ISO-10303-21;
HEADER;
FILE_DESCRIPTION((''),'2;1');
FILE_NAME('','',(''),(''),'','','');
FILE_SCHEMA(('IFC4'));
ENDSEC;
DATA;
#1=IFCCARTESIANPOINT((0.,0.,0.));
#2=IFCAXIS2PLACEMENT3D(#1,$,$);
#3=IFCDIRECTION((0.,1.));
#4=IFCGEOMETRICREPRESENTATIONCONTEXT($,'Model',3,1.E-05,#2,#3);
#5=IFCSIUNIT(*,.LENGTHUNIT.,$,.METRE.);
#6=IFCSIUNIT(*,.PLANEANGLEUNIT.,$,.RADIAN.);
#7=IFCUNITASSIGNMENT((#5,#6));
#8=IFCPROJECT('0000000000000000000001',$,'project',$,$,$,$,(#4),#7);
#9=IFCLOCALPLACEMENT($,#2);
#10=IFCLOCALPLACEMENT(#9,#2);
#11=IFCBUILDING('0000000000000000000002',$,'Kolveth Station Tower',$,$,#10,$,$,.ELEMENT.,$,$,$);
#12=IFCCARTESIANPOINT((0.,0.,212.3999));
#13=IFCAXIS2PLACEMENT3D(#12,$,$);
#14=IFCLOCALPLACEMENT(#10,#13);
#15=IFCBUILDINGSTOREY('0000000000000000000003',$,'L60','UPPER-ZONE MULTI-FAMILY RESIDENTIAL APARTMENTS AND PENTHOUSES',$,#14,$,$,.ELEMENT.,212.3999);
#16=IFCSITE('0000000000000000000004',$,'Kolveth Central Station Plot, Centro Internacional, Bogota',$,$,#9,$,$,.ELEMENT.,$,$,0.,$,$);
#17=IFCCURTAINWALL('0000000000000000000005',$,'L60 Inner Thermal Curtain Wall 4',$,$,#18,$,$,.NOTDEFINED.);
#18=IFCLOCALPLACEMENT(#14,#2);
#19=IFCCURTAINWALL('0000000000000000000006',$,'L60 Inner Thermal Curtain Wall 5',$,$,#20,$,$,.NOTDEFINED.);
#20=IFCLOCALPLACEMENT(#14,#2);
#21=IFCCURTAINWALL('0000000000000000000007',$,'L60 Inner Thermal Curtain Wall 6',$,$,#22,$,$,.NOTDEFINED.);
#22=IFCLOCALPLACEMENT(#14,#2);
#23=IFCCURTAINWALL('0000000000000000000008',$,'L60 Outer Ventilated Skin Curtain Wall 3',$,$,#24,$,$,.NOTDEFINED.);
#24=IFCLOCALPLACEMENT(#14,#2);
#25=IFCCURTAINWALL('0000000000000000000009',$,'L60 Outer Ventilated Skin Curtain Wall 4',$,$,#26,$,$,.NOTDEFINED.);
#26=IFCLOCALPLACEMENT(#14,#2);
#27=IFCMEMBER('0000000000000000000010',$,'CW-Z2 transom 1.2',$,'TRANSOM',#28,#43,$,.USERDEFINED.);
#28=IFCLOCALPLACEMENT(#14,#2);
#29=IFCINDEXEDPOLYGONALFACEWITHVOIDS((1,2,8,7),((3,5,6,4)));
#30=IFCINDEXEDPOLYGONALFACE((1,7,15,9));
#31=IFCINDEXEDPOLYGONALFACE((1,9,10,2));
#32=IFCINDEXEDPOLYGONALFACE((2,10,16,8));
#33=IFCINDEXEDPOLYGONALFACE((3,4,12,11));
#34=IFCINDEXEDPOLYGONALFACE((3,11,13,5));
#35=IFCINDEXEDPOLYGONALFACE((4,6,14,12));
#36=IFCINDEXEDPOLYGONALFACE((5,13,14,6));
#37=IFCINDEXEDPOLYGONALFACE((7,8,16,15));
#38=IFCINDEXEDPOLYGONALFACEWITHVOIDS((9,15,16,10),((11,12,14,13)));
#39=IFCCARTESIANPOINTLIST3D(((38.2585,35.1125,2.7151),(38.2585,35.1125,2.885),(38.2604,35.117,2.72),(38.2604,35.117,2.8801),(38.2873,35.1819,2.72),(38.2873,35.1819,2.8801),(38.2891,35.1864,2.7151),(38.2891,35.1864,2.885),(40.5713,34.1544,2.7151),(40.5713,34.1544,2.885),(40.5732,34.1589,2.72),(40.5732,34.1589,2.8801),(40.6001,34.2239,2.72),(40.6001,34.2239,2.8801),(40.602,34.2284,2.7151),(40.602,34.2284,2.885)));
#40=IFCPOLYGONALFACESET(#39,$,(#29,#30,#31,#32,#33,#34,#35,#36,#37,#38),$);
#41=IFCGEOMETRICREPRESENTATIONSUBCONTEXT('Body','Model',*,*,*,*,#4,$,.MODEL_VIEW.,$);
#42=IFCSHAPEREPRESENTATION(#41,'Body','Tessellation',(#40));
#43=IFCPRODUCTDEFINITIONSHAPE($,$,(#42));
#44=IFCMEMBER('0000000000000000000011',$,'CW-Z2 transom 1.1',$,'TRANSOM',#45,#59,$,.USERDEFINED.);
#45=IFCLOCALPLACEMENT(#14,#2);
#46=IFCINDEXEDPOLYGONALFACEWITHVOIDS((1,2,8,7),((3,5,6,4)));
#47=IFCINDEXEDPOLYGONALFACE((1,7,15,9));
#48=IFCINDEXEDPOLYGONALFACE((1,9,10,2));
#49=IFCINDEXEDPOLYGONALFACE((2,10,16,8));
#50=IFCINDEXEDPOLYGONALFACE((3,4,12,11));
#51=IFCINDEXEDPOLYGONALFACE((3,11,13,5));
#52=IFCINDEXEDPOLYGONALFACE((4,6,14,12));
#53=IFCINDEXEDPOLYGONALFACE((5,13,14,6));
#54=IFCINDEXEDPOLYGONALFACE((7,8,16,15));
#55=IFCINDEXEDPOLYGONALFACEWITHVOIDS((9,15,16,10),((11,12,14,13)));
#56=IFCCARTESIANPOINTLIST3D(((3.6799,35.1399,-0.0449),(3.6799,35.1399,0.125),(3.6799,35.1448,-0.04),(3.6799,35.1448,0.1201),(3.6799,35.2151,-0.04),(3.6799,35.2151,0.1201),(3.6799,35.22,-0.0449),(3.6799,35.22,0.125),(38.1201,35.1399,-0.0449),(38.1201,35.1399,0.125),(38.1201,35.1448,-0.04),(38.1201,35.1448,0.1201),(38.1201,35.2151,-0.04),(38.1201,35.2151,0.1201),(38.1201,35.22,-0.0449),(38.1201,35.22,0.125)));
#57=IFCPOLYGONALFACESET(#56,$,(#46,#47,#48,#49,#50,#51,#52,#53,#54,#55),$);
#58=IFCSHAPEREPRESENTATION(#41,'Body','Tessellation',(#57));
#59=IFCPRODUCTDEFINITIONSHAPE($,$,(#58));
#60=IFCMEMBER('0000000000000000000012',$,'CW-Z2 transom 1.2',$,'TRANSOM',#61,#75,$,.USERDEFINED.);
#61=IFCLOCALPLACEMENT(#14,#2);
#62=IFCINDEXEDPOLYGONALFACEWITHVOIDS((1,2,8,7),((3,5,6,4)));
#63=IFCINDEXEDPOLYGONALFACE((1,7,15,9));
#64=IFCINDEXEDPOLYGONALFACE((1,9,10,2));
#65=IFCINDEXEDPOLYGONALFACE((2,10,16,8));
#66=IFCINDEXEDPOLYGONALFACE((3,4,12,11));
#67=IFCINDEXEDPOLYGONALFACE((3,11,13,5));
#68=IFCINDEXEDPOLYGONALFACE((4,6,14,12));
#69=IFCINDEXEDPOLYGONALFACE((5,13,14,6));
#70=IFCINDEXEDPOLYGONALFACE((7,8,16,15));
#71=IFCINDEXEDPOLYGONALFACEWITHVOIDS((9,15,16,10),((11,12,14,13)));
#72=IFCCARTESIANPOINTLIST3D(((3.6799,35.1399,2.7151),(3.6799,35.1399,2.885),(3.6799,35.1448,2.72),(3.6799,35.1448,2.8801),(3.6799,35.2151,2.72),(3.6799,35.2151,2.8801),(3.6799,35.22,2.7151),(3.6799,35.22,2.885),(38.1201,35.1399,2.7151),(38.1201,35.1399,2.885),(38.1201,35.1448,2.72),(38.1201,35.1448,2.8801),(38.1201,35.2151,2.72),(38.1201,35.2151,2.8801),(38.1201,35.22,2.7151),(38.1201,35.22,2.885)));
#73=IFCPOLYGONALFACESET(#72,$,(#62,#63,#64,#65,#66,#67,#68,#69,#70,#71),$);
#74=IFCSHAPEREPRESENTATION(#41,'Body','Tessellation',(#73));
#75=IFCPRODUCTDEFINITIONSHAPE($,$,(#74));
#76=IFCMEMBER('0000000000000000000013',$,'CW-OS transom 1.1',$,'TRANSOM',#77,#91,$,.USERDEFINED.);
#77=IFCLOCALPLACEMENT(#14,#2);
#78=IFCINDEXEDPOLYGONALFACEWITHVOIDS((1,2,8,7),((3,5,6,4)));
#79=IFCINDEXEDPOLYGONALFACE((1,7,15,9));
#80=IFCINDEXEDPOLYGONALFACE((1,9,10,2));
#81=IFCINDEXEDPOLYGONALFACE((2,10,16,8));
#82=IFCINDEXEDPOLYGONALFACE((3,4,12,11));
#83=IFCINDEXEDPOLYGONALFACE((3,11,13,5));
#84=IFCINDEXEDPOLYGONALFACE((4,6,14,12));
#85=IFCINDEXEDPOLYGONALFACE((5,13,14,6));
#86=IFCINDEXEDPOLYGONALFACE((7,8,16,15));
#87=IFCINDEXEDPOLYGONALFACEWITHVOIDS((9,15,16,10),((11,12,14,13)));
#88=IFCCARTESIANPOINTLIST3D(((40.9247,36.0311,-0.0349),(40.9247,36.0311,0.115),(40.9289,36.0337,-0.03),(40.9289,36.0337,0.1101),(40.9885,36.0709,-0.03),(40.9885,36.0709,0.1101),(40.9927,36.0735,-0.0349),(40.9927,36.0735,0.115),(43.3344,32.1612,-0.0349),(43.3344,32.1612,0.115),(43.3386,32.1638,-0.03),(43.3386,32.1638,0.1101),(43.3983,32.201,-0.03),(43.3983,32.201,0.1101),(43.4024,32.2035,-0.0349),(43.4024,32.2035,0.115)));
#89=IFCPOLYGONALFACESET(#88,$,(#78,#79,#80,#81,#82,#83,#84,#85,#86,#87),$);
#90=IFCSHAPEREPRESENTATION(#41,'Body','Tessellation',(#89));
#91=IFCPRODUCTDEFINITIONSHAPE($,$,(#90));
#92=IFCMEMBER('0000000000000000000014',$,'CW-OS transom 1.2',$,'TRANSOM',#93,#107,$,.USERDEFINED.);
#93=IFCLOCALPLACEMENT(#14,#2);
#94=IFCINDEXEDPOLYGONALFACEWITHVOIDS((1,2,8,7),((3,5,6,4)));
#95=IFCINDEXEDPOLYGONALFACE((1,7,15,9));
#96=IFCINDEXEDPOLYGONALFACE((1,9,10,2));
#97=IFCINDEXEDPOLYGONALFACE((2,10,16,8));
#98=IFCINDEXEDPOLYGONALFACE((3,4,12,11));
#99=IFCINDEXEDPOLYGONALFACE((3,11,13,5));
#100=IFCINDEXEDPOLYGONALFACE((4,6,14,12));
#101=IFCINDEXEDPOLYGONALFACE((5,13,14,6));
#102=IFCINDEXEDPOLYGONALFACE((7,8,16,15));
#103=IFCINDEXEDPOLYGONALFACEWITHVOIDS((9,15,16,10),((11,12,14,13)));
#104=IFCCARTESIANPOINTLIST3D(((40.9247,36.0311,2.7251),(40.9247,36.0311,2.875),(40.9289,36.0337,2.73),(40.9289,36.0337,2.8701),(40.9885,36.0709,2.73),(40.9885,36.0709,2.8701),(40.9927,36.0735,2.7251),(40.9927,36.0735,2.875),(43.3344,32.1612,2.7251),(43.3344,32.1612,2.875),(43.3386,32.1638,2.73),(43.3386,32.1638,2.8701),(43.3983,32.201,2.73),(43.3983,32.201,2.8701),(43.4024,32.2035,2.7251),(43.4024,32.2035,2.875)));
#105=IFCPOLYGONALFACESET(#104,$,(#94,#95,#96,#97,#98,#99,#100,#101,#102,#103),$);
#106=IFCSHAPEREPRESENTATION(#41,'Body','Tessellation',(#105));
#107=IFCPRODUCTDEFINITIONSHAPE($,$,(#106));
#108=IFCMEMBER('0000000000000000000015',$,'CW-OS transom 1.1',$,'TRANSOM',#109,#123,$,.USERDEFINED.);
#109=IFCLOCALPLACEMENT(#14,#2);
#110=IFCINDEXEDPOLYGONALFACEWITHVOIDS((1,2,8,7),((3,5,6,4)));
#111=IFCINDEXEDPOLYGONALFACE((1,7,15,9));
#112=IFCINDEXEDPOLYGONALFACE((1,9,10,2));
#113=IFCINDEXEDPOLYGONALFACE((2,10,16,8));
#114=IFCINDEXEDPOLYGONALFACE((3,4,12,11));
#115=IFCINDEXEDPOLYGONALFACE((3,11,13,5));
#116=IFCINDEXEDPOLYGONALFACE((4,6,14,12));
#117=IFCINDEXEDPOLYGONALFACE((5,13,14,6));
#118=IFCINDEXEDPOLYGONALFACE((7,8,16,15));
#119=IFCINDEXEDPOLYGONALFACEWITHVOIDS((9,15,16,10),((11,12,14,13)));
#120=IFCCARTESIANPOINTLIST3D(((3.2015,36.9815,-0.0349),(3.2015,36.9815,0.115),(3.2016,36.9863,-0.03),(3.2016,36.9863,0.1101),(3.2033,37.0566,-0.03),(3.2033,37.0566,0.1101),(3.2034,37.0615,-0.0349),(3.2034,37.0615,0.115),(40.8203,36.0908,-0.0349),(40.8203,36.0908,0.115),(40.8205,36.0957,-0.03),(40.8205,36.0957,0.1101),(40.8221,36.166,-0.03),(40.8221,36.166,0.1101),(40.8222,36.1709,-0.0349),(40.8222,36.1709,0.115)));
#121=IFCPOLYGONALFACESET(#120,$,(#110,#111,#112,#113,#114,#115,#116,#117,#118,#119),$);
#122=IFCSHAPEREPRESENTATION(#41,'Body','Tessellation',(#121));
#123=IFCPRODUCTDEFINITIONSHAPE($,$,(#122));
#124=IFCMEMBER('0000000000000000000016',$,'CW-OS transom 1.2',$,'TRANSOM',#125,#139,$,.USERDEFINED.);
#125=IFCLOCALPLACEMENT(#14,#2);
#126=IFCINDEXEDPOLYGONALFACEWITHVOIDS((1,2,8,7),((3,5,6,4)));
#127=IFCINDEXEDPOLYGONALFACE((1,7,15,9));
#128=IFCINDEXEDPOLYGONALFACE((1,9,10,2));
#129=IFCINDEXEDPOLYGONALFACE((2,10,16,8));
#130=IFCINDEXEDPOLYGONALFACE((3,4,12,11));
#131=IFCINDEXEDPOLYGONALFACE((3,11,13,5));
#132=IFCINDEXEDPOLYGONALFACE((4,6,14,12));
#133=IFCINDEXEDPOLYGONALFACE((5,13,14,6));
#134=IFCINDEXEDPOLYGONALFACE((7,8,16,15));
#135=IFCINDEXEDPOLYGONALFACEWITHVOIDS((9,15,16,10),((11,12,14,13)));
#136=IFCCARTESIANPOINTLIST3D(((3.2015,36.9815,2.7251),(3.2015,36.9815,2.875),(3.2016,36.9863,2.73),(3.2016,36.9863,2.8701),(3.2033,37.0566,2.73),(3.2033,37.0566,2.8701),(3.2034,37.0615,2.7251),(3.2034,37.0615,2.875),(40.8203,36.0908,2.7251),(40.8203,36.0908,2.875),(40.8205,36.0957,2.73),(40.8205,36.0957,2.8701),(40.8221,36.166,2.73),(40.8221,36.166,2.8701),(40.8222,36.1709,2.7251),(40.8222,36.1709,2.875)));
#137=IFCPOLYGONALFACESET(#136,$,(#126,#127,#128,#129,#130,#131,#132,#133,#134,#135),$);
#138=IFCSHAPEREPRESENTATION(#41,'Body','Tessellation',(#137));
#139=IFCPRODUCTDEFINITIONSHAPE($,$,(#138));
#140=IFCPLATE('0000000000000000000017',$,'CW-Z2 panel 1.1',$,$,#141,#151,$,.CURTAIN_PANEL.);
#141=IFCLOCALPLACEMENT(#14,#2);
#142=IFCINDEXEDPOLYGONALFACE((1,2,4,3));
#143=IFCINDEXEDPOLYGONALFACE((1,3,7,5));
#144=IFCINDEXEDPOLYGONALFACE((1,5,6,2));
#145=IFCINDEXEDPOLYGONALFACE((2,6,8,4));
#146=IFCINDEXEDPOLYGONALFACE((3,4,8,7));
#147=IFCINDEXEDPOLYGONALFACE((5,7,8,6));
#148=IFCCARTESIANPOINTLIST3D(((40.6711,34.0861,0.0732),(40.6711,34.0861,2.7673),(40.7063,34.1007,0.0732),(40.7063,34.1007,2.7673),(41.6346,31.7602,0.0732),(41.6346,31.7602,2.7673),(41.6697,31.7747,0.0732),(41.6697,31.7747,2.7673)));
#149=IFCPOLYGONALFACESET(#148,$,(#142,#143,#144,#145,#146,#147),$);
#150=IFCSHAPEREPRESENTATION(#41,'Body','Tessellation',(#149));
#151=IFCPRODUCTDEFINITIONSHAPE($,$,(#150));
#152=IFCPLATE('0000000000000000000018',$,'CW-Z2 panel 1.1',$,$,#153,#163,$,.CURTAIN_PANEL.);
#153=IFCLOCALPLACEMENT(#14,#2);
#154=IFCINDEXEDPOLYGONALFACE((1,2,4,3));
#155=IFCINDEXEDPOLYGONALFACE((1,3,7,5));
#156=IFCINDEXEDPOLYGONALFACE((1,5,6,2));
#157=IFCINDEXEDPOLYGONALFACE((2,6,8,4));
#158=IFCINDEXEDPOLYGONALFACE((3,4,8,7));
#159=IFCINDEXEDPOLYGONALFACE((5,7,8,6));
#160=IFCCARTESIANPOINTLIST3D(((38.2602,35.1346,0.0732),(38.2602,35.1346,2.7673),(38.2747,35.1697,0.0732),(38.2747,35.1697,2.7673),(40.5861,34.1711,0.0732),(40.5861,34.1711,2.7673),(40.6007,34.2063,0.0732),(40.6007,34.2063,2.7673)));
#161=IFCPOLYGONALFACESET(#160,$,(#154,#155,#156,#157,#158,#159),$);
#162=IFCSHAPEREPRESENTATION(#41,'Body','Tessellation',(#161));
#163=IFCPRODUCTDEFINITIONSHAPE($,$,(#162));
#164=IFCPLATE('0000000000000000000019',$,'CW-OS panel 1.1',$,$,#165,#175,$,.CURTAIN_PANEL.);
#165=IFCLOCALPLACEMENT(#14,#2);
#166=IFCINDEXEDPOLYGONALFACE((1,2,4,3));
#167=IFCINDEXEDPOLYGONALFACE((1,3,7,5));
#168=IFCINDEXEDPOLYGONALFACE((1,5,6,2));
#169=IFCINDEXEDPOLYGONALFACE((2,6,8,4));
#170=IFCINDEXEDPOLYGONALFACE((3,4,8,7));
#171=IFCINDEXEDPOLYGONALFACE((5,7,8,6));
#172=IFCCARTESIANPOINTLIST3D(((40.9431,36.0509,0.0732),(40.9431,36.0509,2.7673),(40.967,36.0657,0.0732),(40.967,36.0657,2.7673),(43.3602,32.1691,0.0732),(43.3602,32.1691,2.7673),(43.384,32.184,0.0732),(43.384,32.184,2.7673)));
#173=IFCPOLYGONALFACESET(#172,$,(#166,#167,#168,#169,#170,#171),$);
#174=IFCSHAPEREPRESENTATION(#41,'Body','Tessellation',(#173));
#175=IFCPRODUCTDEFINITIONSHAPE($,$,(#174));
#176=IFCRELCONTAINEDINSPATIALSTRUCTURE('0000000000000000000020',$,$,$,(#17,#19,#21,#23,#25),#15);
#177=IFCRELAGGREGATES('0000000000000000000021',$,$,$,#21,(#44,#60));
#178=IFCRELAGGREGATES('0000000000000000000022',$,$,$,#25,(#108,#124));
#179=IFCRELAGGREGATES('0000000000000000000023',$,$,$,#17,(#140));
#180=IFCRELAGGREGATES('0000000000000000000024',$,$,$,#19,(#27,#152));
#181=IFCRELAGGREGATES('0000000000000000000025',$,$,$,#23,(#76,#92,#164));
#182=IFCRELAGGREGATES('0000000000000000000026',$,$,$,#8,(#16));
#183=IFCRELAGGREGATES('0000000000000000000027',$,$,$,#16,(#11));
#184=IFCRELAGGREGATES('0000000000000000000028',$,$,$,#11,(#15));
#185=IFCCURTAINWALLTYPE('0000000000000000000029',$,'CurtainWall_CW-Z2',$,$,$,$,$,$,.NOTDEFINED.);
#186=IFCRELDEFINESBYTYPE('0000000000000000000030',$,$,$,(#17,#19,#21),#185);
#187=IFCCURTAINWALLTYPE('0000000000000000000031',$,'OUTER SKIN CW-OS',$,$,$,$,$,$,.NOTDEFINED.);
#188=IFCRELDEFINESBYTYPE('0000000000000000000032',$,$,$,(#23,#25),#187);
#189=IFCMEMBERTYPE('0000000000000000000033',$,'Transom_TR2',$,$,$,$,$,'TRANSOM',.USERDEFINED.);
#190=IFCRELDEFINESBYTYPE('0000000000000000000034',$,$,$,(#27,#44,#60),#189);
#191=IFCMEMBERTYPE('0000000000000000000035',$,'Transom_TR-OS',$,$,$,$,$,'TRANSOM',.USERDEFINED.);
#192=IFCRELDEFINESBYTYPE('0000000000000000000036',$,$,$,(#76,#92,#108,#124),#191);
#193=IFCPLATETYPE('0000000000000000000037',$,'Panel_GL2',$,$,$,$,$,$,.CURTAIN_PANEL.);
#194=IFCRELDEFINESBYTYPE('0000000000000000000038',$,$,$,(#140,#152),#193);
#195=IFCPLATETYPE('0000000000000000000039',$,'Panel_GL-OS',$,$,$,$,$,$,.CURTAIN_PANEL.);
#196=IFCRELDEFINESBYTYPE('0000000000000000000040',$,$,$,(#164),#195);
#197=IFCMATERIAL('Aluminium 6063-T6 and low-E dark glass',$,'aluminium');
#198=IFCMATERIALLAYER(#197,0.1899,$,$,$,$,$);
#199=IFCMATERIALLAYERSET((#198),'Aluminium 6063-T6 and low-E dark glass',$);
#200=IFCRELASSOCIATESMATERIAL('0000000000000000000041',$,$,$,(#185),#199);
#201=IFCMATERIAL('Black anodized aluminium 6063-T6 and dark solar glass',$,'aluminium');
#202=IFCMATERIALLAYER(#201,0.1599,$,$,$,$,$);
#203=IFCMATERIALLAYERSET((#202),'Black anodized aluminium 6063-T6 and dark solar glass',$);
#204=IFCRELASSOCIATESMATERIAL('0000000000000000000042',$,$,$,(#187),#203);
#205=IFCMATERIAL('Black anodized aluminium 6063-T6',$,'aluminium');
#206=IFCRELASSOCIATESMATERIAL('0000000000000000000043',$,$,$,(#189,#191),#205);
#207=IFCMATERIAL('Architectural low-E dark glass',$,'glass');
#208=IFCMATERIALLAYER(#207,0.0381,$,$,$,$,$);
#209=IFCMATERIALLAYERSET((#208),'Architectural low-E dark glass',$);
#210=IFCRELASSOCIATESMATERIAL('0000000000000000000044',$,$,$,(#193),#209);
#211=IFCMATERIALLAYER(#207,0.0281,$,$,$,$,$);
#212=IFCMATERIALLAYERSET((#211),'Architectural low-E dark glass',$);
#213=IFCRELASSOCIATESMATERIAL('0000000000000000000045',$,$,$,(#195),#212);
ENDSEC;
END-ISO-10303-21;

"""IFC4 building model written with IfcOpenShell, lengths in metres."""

from ifc_helpers import new_model, si_unit, direction, frame, origin, origin_2d, place, context, subcontext, project, spatial, rectangle, hollow_rectangle, extrude, source, transform, mapped, material, layer, layer_set, material_profile, profile_set, type_object, element, aggregate, save


model = new_model("IFC4")

# Units and contexts
model_context = context("Model", 3, precision=1e-05, world=origin(), true_north=direction((0.0, 1.0)))
body_context = subcontext(model_context, "Body", "Model", "MODEL_VIEW")
ifc_project = project(units=[si_unit("LENGTHUNIT", "METRE"), si_unit("PLANEANGLEUNIT", "RADIAN")], contexts=[model_context])

# Site, building, storey
site_placement = place(None, origin())
site = spatial("IfcSite", under=ifc_project, at=site_placement, Name="Kolveth Central Station Plot, Centro Internacional, Bogota", CompositionType="ELEMENT", RefElevation=0.0)
building_placement = place(site_placement, origin())
building = spatial("IfcBuilding", under=site, at=building_placement, Name="Kolveth Station Tower", CompositionType="ELEMENT")
storey_placement = place(building_placement, frame((0.0, 0.0, 212.3999)))
storey = spatial("IfcBuildingStorey", under=building, at=storey_placement, Name="L60", Description="UPPER-ZONE MULTI-FAMILY RESIDENTIAL APARTMENTS AND PENTHOUSES", CompositionType="ELEMENT", Elevation=212.3999)

# Curtain wall
ifc_material_1 = material(Name="Aluminium 6063-T6 and low-E dark glass", Category="aluminium")
ifc_layer_1 = layer(ifc_material_1, 0.1899)
ifc_layer_set_1 = layer_set([ifc_layer_1], Name="Aluminium 6063-T6 and low-E dark glass")
curtain_wall_type_1 = type_object("IfcCurtainWallType", Name="CurtainWall_CW-Z2", PredefinedType="NOTDEFINED", material=ifc_layer_set_1)
curtain_wall_1_placement = place(storey_placement, origin())
curtain_wall_1 = element("IfcCurtainWall", 1, at=curtain_wall_1_placement, inside=storey, type_object=curtain_wall_type_1, Name="L60 Inner Thermal Curtain Wall 4", PredefinedType="NOTDEFINED")
ifc_material_2 = material(Name="Black anodized aluminium 6063-T6", Category="aluminium")

# Curtain wall
curtain_wall_2_placement = place(storey_placement, origin())
curtain_wall_2 = element("IfcCurtainWall", 2, at=curtain_wall_2_placement, inside=storey, type_object=curtain_wall_type_1, Name="L60 Inner Thermal Curtain Wall 5", PredefinedType="NOTDEFINED")

# Curtain wall
curtain_wall_3_placement = place(storey_placement, origin())
curtain_wall_3 = element("IfcCurtainWall", 3, at=curtain_wall_3_placement, inside=storey, type_object=curtain_wall_type_1, Name="L60 Inner Thermal Curtain Wall 6", PredefinedType="NOTDEFINED")
ifc_material_3 = material(Name="Black anodized aluminium 6063-T6 and dark solar glass", Category="aluminium")
ifc_layer_2 = layer(ifc_material_3, 0.1599)
ifc_layer_set_2 = layer_set([ifc_layer_2], Name="Black anodized aluminium 6063-T6 and dark solar glass")
curtain_wall_type_2 = type_object("IfcCurtainWallType", Name="OUTER SKIN CW-OS", PredefinedType="NOTDEFINED", material=ifc_layer_set_2)

# Curtain wall
curtain_wall_4_placement = place(storey_placement, origin())
curtain_wall_4 = element("IfcCurtainWall", 4, at=curtain_wall_4_placement, inside=storey, type_object=curtain_wall_type_2, Name="L60 Outer Ventilated Skin Curtain Wall 3", PredefinedType="NOTDEFINED")

# Curtain wall
curtain_wall_5_placement = place(storey_placement, origin())
curtain_wall_5 = element("IfcCurtainWall", 5, at=curtain_wall_5_placement, inside=storey, type_object=curtain_wall_type_2, Name="L60 Outer Ventilated Skin Curtain Wall 4", PredefinedType="NOTDEFINED")

# Members
ifc_material_profile_1 = material_profile(ifc_material_2, hollow_rectangle(XDim=0.0801, YDim=0.1699, WallThickness=0.0049, at=origin_2d()), Name="ALU-80x170x5")
ifc_profile_set_1 = profile_set([ifc_material_profile_1], Name="Black anodized aluminium 6063-T6")
member_type_1 = type_object("IfcMemberType", Name="Transom_TR2", ElementType="TRANSOM", PredefinedType="USERDEFINED", material=ifc_profile_set_1)
shared_shape_1 = source(origin(), body_context, "Body", "SweptSolid", [
    extrude(hollow_rectangle(XDim=0.0801, YDim=0.1699, WallThickness=0.0049, at=origin_2d()), origin(), (0.0, 0.0, 1.0), 2.5034),
])
member_1_placement = place(storey_placement, frame((40.5867, 34.1914, 2.8), z_axis=(-0.923874, 0.382696, 0.0), x_axis=(-0.382696, -0.923874, 0.0)))
member_1 = element("IfcMember", 6, at=member_1_placement, type_object=member_type_1, Name="CW-Z2 transom 1.2", ObjectType="TRANSOM", PredefinedType="USERDEFINED", context=body_context, shape_type="MappedRepresentation", body=[
    mapped(shared_shape_1, transform((0.0, 0.0, 0.0), x_axis=(1.0, 0.0, 0.0), y_axis=(0.0, 1.0, 0.0), z_axis=(0.0, 0.0, 1.0), scale=1.0)),
])
shared_shape_2 = source(origin(), body_context, "Body", "SweptSolid", [
    extrude(hollow_rectangle(XDim=0.0801, YDim=0.1699, WallThickness=0.0049, at=origin_2d()), origin(), (0.0, 0.0, 1.0), 34.4402),
])
member_2_placement = place(storey_placement, frame((38.1201, 35.1799, 0.04), z_axis=(-1.0, 0.0, 0.0), x_axis=(0.0, -1.0, 0.0)))
member_2 = element("IfcMember", 7, at=member_2_placement, type_object=member_type_1, Name="CW-Z2 transom 1.1", ObjectType="TRANSOM", PredefinedType="USERDEFINED", context=body_context, shape_type="MappedRepresentation", body=[
    mapped(shared_shape_2, transform((0.0, 0.0, 0.0), x_axis=(1.0, 0.0, 0.0), y_axis=(0.0, 1.0, 0.0), z_axis=(0.0, 0.0, 1.0), scale=1.0)),
])
member_3_placement = place(storey_placement, frame((38.1201, 35.1799, 2.8), z_axis=(-1.0, 0.0, 0.0), x_axis=(0.0, -1.0, 0.0)))
member_3 = element("IfcMember", 8, at=member_3_placement, type_object=member_type_1, Name="CW-Z2 transom 1.2", ObjectType="TRANSOM", PredefinedType="USERDEFINED", context=body_context, shape_type="MappedRepresentation", body=[
    mapped(shared_shape_2, transform((0.0, 0.0, 0.0), x_axis=(1.0, 0.0, 0.0), y_axis=(0.0, 1.0, 0.0), z_axis=(0.0, 0.0, 1.0), scale=1.0)),
])
aggregate(curtain_wall_3, [member_2, member_3])
ifc_material_profile_2 = material_profile(ifc_material_2, hollow_rectangle(XDim=0.0801, YDim=0.1499, WallThickness=0.0049, at=origin_2d()), Name="ALU-80x150x5")
ifc_profile_set_2 = profile_set([ifc_material_profile_2], Name="Black anodized aluminium 6063-T6")
member_type_2 = type_object("IfcMemberType", Name="Transom_TR-OS", ElementType="TRANSOM", PredefinedType="USERDEFINED", material=ifc_profile_set_2)
shared_shape_3 = source(origin(), body_context, "Body", "SweptSolid", [
    extrude(hollow_rectangle(XDim=0.0801, YDim=0.1499, WallThickness=0.0049, at=origin_2d()), origin(), (0.0, 0.0, 1.0), 4.5588),
])
member_4_placement = place(storey_placement, frame((43.3684, 32.1824, 0.04), z_axis=(-0.528578, 0.848885, 0.0), x_axis=(-0.848885, -0.528578, 0.0)))
member_4 = element("IfcMember", 9, at=member_4_placement, type_object=member_type_2, Name="CW-OS transom 1.1", ObjectType="TRANSOM", PredefinedType="USERDEFINED", context=body_context, shape_type="MappedRepresentation", body=[
    mapped(shared_shape_3, transform((0.0, 0.0, 0.0), x_axis=(1.0, 0.0, 0.0), y_axis=(0.0, 1.0, 0.0), z_axis=(0.0, 0.0, 1.0), scale=1.0)),
])
member_5_placement = place(storey_placement, frame((43.3684, 32.1824, 2.8), z_axis=(-0.528578, 0.848885, 0.0), x_axis=(-0.848885, -0.528578, 0.0)))
member_5 = element("IfcMember", 10, at=member_5_placement, type_object=member_type_2, Name="CW-OS transom 1.2", ObjectType="TRANSOM", PredefinedType="USERDEFINED", context=body_context, shape_type="MappedRepresentation", body=[
    mapped(shared_shape_3, transform((0.0, 0.0, 0.0), x_axis=(1.0, 0.0, 0.0), y_axis=(0.0, 1.0, 0.0), z_axis=(0.0, 0.0, 1.0), scale=1.0)),
])
shared_shape_4 = source(origin(), body_context, "Body", "SweptSolid", [
    extrude(hollow_rectangle(XDim=0.0801, YDim=0.1499, WallThickness=0.0049, at=origin_2d()), origin(), (0.0, 0.0, 1.0), 37.6294),
])
member_6_placement = place(storey_placement, frame((40.8213, 36.1309, 0.04), z_axis=(-0.99972, 0.023668, 0.0), x_axis=(-0.023668, -0.99972, 0.0)))
member_6 = element("IfcMember", 11, at=member_6_placement, type_object=member_type_2, Name="CW-OS transom 1.1", ObjectType="TRANSOM", PredefinedType="USERDEFINED", context=body_context, shape_type="MappedRepresentation", body=[
    mapped(shared_shape_4, transform((0.0, 0.0, 0.0), x_axis=(1.0, 0.0, 0.0), y_axis=(0.0, 1.0, 0.0), z_axis=(0.0, 0.0, 1.0), scale=1.0)),
])
member_7_placement = place(storey_placement, frame((40.8213, 36.1309, 2.8), z_axis=(-0.99972, 0.023668, 0.0), x_axis=(-0.023668, -0.99972, 0.0)))
member_7 = element("IfcMember", 12, at=member_7_placement, type_object=member_type_2, Name="CW-OS transom 1.2", ObjectType="TRANSOM", PredefinedType="USERDEFINED", context=body_context, shape_type="MappedRepresentation", body=[
    mapped(shared_shape_4, transform((0.0, 0.0, 0.0), x_axis=(1.0, 0.0, 0.0), y_axis=(0.0, 1.0, 0.0), z_axis=(0.0, 0.0, 1.0), scale=1.0)),
])
aggregate(curtain_wall_5, [member_6, member_7])

# Plates
ifc_material_4 = material(Name="Architectural low-E dark glass", Category="glass")
ifc_layer_3 = layer(ifc_material_4, 0.0381)
ifc_layer_set_3 = layer_set([ifc_layer_3], Name="Architectural low-E dark glass")
plate_type_1 = type_object("IfcPlateType", Name="Panel_GL2", PredefinedType="CURTAIN_PANEL", material=ifc_layer_set_3)
shared_shape_5 = source(origin(), body_context, "Body", "SweptSolid", [
    extrude(rectangle(XDim=2.5176, YDim=0.0381, at=origin_2d()), origin(), (0.0, 0.0, 1.0), 2.6941),
])
plate_1_placement = place(storey_placement, frame((41.1704, 32.9304, 0.0732), z_axis=(0.0, 0.0, 1.0), x_axis=(-0.382698, 0.923874, 0.0)))
plate_1 = element("IfcPlate", 13, at=plate_1_placement, type_object=plate_type_1, Name="CW-Z2 panel 1.1", PredefinedType="CURTAIN_PANEL", context=body_context, shape_type="MappedRepresentation", body=[
    mapped(shared_shape_5, transform((0.0, 0.0, 0.0), x_axis=(1.0, 0.0, 0.0), y_axis=(0.0, 1.0, 0.0), z_axis=(0.0, 0.0, 1.0), scale=1.0)),
])
aggregate(curtain_wall_1, [plate_1])
plate_2_placement = place(storey_placement, frame((39.4304, 34.6704, 0.0732), z_axis=(0.0, 0.0, 1.0), x_axis=(-0.923874, 0.382698, 0.0)))
plate_2 = element("IfcPlate", 14, at=plate_2_placement, type_object=plate_type_1, Name="CW-Z2 panel 1.1", PredefinedType="CURTAIN_PANEL", context=body_context, shape_type="MappedRepresentation", body=[
    mapped(shared_shape_5, transform((0.0, 0.0, 0.0), x_axis=(1.0, 0.0, 0.0), y_axis=(0.0, 1.0, 0.0), z_axis=(0.0, 0.0, 1.0), scale=1.0)),
])
aggregate(curtain_wall_2, [member_1, plate_2])
ifc_layer_4 = layer(ifc_material_4, 0.0281)
ifc_layer_set_4 = layer_set([ifc_layer_4], Name="Architectural low-E dark glass")
plate_type_2 = type_object("IfcPlateType", Name="Panel_GL-OS", PredefinedType="CURTAIN_PANEL", material=ifc_layer_set_4)
shared_shape_6 = source(origin(), body_context, "Body", "SweptSolid", [
    extrude(rectangle(XDim=4.5728, YDim=0.0281, at=origin_2d()), origin(), (0.0, 0.0, 1.0), 2.6941),
])
plate_3_placement = place(storey_placement, frame((42.1636, 34.1174, 0.0732), z_axis=(0.0, 0.0, 1.0), x_axis=(-0.528574, 0.848887, 0.0)))
plate_3 = element("IfcPlate", 15, at=plate_3_placement, type_object=plate_type_2, Name="CW-OS panel 1.1", PredefinedType="CURTAIN_PANEL", context=body_context, shape_type="MappedRepresentation", body=[
    mapped(shared_shape_6, transform((0.0, 0.0, 0.0), x_axis=(1.0, 0.0, 0.0), y_axis=(0.0, 1.0, 0.0), z_axis=(0.0, 0.0, 1.0), scale=1.0)),
])
aggregate(curtain_wall_4, [member_4, member_5, plate_3])

save(model, "model.ifc")
